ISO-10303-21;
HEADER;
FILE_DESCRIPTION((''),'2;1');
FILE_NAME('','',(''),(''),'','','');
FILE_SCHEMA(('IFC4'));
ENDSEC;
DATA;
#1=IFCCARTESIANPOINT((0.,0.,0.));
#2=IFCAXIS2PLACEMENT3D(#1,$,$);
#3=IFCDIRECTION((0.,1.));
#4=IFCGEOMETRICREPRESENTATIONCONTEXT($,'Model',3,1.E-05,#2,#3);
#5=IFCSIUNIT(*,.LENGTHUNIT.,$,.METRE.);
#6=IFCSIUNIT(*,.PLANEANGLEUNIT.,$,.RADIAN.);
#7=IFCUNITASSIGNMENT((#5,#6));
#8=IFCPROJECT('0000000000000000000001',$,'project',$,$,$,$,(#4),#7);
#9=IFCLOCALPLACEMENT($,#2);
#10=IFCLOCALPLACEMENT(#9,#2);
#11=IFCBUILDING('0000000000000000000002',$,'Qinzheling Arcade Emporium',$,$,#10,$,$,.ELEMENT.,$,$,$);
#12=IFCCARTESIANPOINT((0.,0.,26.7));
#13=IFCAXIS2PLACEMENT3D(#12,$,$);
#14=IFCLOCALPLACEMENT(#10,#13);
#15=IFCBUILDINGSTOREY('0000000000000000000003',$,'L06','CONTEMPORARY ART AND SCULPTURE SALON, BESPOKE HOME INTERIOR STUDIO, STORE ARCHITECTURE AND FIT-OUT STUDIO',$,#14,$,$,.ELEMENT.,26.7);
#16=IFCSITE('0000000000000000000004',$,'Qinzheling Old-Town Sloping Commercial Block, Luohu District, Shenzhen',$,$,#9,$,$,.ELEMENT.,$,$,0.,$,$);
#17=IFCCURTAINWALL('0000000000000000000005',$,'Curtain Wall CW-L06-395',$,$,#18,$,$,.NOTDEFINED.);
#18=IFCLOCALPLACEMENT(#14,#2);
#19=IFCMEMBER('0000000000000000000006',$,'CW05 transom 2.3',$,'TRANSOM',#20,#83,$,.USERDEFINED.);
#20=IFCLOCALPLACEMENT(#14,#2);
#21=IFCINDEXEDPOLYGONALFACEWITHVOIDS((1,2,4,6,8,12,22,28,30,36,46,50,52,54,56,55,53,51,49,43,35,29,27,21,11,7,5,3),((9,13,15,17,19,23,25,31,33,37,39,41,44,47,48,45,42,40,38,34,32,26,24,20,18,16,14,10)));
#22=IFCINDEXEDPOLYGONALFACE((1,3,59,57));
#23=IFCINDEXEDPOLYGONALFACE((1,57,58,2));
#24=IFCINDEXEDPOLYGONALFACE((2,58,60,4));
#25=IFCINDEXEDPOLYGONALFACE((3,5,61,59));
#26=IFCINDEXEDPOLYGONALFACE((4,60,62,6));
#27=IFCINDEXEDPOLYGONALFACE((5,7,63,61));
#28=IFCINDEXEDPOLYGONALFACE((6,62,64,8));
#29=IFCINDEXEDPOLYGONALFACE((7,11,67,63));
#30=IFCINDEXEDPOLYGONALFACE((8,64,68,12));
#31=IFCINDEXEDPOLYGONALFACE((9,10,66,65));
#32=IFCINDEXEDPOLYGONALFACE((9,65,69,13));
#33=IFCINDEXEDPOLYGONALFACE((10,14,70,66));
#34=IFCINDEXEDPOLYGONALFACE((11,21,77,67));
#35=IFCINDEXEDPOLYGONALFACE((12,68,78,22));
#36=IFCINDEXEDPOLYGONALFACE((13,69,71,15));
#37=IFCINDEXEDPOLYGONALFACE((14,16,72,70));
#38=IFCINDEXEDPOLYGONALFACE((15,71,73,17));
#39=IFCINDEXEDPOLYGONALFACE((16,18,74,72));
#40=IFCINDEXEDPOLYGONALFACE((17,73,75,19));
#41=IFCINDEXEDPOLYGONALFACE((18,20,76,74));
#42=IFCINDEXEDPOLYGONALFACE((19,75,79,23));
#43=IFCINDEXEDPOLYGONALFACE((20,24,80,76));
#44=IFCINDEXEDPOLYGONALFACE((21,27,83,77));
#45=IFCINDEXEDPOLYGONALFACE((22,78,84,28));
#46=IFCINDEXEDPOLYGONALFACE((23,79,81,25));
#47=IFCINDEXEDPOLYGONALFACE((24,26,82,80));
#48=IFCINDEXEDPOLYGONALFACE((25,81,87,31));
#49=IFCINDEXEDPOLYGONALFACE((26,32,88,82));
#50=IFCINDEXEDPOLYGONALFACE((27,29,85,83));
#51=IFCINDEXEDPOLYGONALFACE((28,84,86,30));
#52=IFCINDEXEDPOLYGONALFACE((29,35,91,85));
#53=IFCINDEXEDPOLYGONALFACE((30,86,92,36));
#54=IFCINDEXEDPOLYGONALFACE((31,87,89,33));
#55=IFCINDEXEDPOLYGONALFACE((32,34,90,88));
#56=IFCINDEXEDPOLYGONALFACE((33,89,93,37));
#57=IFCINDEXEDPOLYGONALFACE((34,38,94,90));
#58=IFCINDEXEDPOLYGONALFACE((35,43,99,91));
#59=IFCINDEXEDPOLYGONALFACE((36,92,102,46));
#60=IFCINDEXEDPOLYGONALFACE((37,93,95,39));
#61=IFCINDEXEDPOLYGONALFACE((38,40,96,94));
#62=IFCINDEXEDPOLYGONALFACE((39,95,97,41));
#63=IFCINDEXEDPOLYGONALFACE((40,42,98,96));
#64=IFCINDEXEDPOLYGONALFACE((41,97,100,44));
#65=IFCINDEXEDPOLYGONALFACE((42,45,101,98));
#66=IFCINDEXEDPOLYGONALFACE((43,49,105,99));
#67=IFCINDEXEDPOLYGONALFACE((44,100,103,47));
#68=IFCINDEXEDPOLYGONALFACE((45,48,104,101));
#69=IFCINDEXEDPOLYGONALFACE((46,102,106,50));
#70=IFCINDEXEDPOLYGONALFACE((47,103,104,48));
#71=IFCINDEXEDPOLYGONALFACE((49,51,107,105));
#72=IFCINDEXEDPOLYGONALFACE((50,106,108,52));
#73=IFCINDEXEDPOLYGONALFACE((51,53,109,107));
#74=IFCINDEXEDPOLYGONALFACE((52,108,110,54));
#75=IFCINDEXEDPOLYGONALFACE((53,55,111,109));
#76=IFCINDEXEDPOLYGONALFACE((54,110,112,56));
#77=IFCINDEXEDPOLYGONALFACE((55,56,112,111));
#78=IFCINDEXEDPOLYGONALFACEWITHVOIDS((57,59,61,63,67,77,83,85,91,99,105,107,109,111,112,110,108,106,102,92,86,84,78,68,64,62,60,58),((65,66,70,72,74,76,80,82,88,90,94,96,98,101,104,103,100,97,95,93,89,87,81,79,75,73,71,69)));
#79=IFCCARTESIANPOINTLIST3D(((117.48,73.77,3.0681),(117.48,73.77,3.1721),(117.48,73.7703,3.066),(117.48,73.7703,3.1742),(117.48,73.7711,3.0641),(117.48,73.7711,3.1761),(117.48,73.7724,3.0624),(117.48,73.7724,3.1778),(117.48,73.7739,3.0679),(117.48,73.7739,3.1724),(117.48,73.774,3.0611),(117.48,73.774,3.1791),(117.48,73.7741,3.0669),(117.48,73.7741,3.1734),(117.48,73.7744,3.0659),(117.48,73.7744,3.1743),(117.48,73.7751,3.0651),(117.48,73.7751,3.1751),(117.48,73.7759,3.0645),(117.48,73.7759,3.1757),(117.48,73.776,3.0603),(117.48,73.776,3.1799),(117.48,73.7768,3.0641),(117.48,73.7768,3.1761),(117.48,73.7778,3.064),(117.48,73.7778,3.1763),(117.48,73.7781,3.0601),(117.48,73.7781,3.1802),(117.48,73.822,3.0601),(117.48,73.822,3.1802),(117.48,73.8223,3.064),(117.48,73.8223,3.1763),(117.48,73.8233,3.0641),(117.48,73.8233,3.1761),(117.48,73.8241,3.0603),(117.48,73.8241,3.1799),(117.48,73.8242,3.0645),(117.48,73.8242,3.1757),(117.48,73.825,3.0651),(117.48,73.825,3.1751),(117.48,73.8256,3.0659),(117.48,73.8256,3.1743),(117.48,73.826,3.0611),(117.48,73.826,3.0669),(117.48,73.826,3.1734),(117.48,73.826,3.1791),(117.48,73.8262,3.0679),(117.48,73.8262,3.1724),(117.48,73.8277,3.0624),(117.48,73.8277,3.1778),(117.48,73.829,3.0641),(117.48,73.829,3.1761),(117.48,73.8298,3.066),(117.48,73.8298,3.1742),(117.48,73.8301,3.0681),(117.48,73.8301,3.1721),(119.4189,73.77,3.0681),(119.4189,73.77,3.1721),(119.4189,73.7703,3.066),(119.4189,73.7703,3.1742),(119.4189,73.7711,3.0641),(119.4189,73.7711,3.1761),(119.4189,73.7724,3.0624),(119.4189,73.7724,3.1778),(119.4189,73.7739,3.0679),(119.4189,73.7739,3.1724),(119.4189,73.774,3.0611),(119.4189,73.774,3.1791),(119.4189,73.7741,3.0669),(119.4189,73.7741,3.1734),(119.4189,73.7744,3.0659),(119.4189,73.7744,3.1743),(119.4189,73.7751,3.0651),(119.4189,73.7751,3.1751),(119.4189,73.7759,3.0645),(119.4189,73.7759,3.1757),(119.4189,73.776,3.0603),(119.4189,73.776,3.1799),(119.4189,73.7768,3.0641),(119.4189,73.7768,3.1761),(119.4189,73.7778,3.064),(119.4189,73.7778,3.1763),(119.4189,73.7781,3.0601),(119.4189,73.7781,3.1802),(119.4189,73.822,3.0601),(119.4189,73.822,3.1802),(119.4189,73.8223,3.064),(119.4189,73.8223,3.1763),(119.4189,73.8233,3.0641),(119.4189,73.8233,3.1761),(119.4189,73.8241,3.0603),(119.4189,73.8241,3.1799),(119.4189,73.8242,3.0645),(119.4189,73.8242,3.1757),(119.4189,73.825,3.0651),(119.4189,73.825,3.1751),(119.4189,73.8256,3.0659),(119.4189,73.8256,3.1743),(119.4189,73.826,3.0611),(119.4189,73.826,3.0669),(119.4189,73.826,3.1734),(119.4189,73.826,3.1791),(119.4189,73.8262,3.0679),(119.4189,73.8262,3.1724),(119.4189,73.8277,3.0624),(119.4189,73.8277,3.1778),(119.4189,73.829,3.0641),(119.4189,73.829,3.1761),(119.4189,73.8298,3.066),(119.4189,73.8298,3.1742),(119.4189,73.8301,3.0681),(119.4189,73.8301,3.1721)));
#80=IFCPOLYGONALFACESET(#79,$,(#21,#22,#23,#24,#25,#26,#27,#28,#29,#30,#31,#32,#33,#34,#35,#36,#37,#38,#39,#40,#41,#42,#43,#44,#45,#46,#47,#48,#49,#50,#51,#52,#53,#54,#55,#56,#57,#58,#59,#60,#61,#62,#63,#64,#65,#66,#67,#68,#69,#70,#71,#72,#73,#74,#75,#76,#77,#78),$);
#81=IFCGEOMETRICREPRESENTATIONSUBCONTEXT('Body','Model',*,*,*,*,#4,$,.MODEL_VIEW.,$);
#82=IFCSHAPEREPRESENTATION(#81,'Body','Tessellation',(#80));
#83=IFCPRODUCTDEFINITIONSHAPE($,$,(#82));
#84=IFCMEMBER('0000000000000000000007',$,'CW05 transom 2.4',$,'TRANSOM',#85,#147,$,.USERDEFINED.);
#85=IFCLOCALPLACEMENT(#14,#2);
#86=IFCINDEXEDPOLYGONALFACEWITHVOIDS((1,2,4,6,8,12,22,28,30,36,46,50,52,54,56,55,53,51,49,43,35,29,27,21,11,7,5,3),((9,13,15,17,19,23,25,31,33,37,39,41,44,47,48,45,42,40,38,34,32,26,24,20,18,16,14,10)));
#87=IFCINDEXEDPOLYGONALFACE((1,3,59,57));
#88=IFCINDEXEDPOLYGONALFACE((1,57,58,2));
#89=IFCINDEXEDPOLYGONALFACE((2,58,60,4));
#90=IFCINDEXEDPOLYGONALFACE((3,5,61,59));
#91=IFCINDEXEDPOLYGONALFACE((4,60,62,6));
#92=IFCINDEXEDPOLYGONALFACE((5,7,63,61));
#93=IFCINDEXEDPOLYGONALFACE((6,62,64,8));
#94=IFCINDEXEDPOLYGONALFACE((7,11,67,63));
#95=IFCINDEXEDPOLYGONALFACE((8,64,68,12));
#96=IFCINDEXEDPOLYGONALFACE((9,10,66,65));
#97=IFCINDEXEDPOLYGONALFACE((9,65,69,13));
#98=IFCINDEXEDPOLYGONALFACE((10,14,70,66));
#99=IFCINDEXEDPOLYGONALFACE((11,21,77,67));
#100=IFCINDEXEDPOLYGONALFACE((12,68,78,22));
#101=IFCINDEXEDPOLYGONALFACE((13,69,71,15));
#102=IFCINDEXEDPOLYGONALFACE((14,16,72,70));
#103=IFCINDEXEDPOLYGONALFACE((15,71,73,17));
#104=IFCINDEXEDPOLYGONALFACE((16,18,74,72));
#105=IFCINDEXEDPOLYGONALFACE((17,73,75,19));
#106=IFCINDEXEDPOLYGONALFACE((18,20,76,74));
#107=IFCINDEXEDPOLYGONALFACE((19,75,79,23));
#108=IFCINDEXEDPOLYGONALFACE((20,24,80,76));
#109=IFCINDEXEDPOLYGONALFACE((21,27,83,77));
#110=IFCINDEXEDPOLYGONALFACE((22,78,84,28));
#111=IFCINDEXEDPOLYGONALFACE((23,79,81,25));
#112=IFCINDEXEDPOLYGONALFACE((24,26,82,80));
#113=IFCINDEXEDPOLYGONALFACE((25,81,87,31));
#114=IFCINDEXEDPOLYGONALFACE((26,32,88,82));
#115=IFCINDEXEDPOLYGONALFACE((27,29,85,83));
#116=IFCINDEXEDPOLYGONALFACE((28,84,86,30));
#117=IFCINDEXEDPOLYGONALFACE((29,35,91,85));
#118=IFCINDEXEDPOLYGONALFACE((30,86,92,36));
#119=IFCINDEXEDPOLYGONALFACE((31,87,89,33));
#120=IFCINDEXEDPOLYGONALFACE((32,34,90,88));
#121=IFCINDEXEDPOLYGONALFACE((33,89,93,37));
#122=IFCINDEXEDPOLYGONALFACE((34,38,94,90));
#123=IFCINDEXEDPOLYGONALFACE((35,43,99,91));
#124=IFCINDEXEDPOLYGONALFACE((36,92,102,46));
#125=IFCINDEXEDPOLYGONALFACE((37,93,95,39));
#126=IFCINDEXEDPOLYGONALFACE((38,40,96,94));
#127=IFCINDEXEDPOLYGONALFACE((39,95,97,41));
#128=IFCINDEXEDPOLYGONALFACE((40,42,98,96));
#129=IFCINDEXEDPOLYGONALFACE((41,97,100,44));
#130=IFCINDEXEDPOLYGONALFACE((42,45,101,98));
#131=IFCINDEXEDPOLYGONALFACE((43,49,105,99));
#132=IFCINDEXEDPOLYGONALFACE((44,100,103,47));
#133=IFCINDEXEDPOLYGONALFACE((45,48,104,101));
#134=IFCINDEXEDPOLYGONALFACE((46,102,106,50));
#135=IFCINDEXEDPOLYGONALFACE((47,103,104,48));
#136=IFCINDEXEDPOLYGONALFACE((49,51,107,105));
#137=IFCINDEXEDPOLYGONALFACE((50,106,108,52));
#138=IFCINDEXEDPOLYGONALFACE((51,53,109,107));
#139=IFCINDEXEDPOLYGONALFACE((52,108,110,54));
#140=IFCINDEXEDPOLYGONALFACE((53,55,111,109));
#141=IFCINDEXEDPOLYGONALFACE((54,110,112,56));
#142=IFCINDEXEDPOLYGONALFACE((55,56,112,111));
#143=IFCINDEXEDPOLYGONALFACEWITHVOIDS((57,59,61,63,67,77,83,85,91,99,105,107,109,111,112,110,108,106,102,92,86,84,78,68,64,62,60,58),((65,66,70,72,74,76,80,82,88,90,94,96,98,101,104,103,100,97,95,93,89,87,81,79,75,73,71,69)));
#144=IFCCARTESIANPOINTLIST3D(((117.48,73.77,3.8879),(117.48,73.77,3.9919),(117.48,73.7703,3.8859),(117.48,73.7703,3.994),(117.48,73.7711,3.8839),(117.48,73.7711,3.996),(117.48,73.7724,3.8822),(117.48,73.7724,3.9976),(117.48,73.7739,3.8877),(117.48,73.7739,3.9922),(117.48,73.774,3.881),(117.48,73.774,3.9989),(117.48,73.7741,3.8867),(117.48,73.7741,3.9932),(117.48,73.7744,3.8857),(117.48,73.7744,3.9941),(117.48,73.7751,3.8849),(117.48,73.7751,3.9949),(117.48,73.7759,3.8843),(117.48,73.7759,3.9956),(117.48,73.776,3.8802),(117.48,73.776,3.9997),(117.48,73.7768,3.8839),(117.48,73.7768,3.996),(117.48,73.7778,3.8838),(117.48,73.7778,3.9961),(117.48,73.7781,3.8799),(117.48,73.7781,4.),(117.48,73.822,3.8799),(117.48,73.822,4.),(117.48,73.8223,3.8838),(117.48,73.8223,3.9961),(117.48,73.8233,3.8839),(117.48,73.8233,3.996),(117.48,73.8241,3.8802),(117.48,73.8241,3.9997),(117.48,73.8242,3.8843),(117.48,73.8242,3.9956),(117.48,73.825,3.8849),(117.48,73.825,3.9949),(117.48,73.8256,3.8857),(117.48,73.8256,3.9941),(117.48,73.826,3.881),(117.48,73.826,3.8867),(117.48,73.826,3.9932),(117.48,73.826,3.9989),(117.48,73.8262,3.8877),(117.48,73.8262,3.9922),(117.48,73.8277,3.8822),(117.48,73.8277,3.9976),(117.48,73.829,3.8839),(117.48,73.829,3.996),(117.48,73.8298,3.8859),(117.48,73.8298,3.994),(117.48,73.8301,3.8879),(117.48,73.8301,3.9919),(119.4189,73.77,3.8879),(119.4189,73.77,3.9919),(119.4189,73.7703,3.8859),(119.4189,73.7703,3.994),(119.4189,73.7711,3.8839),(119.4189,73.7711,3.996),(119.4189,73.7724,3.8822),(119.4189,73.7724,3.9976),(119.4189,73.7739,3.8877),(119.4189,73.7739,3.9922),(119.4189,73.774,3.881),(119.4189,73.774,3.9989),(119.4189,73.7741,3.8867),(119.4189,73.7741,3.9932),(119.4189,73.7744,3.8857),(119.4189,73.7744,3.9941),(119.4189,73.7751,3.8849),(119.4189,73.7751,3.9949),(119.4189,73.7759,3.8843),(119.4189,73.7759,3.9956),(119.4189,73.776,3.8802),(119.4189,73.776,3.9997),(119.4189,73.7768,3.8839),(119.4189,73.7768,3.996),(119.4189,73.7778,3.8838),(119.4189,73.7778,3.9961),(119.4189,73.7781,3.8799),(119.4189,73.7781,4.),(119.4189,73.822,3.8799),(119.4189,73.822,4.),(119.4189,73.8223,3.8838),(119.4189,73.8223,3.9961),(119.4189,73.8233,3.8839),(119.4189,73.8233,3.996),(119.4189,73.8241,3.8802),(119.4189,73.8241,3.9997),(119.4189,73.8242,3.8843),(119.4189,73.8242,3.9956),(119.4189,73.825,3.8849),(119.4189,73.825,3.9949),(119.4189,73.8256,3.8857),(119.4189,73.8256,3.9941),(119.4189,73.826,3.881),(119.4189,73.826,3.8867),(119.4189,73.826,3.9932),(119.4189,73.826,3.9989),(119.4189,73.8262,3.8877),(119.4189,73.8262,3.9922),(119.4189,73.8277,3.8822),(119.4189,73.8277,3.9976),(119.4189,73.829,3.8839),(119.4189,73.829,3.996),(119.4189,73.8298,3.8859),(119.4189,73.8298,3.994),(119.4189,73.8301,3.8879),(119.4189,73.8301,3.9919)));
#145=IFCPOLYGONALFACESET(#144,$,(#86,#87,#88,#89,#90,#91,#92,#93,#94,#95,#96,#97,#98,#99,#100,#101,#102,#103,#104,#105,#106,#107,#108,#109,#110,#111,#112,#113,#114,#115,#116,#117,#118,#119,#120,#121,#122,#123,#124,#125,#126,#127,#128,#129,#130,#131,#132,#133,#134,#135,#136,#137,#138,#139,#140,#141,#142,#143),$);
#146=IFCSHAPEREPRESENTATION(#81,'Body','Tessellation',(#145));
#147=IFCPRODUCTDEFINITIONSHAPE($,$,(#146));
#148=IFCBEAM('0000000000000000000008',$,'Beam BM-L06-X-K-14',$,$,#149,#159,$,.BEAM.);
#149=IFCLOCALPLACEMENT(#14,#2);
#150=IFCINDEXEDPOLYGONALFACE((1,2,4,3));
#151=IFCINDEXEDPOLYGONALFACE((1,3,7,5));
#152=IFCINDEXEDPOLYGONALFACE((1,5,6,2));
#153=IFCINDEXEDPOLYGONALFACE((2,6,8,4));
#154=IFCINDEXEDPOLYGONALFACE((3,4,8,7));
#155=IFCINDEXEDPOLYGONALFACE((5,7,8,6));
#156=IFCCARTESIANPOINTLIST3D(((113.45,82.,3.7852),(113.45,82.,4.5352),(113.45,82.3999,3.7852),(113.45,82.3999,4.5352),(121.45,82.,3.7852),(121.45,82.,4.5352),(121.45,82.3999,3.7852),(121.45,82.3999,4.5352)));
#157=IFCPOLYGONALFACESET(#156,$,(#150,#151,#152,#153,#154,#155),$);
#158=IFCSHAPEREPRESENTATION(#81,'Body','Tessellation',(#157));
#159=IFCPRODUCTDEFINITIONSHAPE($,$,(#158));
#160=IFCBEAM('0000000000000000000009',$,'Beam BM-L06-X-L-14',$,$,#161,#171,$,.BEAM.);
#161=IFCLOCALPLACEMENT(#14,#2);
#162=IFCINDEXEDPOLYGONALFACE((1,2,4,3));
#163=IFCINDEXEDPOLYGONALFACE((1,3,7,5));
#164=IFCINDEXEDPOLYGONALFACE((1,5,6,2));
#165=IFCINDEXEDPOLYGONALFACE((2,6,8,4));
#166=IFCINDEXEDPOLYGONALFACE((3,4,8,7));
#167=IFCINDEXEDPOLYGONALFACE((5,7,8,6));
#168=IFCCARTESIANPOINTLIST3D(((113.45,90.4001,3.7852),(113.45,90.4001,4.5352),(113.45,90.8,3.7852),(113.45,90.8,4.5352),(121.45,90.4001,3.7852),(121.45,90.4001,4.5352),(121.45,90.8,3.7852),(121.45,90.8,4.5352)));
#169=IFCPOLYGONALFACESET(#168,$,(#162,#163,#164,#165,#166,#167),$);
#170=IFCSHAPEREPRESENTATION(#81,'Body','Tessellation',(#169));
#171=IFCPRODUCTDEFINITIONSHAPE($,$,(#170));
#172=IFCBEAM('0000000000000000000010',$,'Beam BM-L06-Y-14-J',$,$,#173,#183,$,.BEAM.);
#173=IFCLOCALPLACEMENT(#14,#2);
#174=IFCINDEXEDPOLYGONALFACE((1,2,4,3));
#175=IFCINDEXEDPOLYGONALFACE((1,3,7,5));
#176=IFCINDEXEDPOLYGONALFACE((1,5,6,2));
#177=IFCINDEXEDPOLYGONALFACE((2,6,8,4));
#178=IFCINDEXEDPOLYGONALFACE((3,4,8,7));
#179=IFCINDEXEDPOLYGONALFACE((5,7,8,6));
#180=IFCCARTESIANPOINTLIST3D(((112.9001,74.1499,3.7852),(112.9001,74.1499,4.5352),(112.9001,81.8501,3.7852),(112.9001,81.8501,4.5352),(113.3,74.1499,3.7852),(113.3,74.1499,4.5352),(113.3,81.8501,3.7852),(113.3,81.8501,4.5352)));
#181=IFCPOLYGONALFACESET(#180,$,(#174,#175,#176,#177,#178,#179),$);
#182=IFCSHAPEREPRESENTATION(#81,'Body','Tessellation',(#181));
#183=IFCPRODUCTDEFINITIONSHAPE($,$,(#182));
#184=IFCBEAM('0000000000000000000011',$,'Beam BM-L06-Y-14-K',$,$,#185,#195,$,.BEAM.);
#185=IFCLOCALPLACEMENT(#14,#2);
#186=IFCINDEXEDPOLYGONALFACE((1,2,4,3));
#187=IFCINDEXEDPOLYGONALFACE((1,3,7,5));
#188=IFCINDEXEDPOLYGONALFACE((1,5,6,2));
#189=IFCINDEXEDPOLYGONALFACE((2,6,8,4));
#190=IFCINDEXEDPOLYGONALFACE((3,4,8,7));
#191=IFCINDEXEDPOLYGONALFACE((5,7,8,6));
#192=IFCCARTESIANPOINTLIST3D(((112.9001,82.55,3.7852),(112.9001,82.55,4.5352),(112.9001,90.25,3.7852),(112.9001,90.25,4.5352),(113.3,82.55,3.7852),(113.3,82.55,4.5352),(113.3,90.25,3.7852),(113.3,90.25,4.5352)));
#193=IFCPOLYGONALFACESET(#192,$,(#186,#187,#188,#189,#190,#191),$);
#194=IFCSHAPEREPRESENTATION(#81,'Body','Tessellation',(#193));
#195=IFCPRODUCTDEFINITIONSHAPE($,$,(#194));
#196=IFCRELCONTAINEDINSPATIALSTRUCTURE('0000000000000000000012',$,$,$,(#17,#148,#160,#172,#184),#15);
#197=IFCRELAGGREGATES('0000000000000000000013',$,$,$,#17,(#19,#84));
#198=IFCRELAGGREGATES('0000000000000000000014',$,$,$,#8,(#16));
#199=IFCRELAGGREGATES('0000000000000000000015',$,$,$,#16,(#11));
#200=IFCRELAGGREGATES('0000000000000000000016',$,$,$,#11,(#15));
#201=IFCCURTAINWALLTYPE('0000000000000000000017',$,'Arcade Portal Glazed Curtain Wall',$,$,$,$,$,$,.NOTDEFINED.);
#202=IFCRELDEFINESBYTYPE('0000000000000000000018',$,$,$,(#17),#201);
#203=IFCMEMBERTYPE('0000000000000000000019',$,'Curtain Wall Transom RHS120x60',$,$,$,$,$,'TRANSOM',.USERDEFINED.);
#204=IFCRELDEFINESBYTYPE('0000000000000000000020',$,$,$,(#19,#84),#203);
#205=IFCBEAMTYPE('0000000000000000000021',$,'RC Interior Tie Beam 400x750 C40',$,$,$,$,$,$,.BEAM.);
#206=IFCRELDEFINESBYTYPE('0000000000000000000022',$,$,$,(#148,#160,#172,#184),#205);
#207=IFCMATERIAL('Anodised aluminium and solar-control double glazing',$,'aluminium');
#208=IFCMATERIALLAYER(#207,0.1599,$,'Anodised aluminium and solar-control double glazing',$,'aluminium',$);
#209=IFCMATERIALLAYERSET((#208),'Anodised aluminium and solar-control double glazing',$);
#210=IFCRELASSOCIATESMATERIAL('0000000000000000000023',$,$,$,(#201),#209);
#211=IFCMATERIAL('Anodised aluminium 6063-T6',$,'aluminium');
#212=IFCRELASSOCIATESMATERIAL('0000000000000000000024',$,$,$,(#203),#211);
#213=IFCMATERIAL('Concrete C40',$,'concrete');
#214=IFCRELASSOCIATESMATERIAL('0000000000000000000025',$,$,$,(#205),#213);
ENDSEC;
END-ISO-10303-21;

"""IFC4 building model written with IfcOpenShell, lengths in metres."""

from ifc_helpers import new_model, si_unit, direction, frame, origin, origin_2d, place, context, subcontext, project, spatial, rectangle, hollow_rectangle, extrude, material, layer, layer_set, material_profile, profile_set, type_object, element, aggregate, save


model = new_model("IFC4")

# Units and contexts
model_context = context("Model", 3, precision=1e-05, world=origin(), true_north=direction((0.0, 1.0)))
body_context = subcontext(model_context, "Body", "Model", "MODEL_VIEW")
ifc_project = project(units=[si_unit("LENGTHUNIT", "METRE"), si_unit("PLANEANGLEUNIT", "RADIAN")], contexts=[model_context])

# Site, building, storey
site_placement = place(None, origin())
site = spatial("IfcSite", under=ifc_project, at=site_placement, Name="Qinzheling Old-Town Sloping Commercial Block, Luohu District, Shenzhen", CompositionType="ELEMENT", RefElevation=0.0)
building_placement = place(site_placement, origin())
building = spatial("IfcBuilding", under=site, at=building_placement, Name="Qinzheling Arcade Emporium", CompositionType="ELEMENT")
storey_placement = place(building_placement, frame((0.0, 0.0, 26.7)))
storey = spatial("IfcBuildingStorey", under=building, at=storey_placement, Name="L06", Description="CONTEMPORARY ART AND SCULPTURE SALON, BESPOKE HOME INTERIOR STUDIO, STORE ARCHITECTURE AND FIT-OUT STUDIO", CompositionType="ELEMENT", Elevation=26.7)

# Shared definitions
ifc_material_1 = material(Name="Concrete C40", Category="concrete")

# Curtain wall, members
ifc_material_2 = material(Name="Anodised aluminium and solar-control double glazing", Category="aluminium")
ifc_layer_1 = layer(ifc_material_2, 0.1599, Name="Anodised aluminium and solar-control double glazing", Category="aluminium")
ifc_layer_set_1 = layer_set([ifc_layer_1], Name="Anodised aluminium and solar-control double glazing")
curtain_wall_type = type_object("IfcCurtainWallType", Name="Arcade Portal Glazed Curtain Wall", PredefinedType="NOTDEFINED", material=ifc_layer_set_1)
curtain_wall_placement = place(storey_placement, origin())
curtain_wall = element("IfcCurtainWall", 1, at=curtain_wall_placement, inside=storey, type_object=curtain_wall_type, Name="Curtain Wall CW-L06-395", PredefinedType="NOTDEFINED")
ifc_material_3 = material(Name="Anodised aluminium 6063-T6", Category="aluminium")
ifc_material_profile_1 = material_profile(ifc_material_3, hollow_rectangle(XDim=0.0601, YDim=0.1201, WallThickness=0.0039, InnerFilletRadius=0.0039, OuterFilletRadius=0.0081, at=origin_2d()), Name="RHS 120x60x4", Category="aluminium")
ifc_profile_set_1 = profile_set([ifc_material_profile_1], Name="Anodised aluminium 6063-T6")
member_type_1 = type_object("IfcMemberType", Name="Curtain Wall Transom RHS120x60", ElementType="TRANSOM", PredefinedType="USERDEFINED", material=ifc_profile_set_1)
member_1_placement = place(storey_placement, frame((119.4189, 73.8, 3.1201), z_axis=(-1.0, 0.0, 0.0), x_axis=(0.0, -1.0, 0.0)))
member_1 = element("IfcMember", 2, at=member_1_placement, type_object=member_type_1, Name="CW05 transom 2.3", ObjectType="TRANSOM", PredefinedType="USERDEFINED", context=body_context, shape_type="SweptSolid", body=[
    extrude(hollow_rectangle(XDim=0.0601, YDim=0.1201, WallThickness=0.0039, InnerFilletRadius=0.0039, OuterFilletRadius=0.0081, at=origin_2d()), origin(), (0.0, 0.0, 1.0), 1.939),
])
member_2_placement = place(storey_placement, frame((119.4189, 73.8, 3.9399), z_axis=(-1.0, 0.0, 0.0), x_axis=(0.0, -1.0, 0.0)))
member_2 = element("IfcMember", 3, at=member_2_placement, type_object=member_type_1, Name="CW05 transom 2.4", ObjectType="TRANSOM", PredefinedType="USERDEFINED", context=body_context, shape_type="SweptSolid", body=[
    extrude(hollow_rectangle(XDim=0.0601, YDim=0.1201, WallThickness=0.0039, InnerFilletRadius=0.0039, OuterFilletRadius=0.0081, at=origin_2d()), origin(), (0.0, 0.0, 1.0), 1.939),
])

# Beams
ifc_material_profile_2 = material_profile(ifc_material_1, rectangle(XDim=0.3999, YDim=0.75, at=origin_2d()), Name="RC 400x750", Category="concrete")
ifc_profile_set_2 = profile_set([ifc_material_profile_2], Name="Concrete C40")
beam_type = type_object("IfcBeamType", Name="RC Interior Tie Beam 400x750 C40", PredefinedType="BEAM", material=ifc_profile_set_2)
for number, where, z_axis, x_axis, name in (
    (4, (113.45, 82.2, 4.1602), (1.0, 0.0, 0.0), (0.0, 1.0, 0.0), "Beam BM-L06-X-K-14"),
    (5, (113.45, 90.6001, 4.1602), (1.0, 0.0, 0.0), (0.0, 1.0, 0.0), "Beam BM-L06-X-L-14"),
):
    element("IfcBeam", number, at=place(storey_placement, frame(where, z_axis=z_axis, x_axis=x_axis)), inside=storey, type_object=beam_type, Name=name, PredefinedType="BEAM", context=body_context, shape_type="SweptSolid", body=[
        extrude(rectangle(XDim=0.3999, YDim=0.75, at=origin_2d()), origin(), (0.0, 0.0, 1.0), 8.0),
    ])
beam_1_placement = place(storey_placement, frame((113.1001, 74.1499, 4.1602), z_axis=(0.0, 1.0, 0.0), x_axis=(-1.0, 0.0, 0.0)))
element("IfcBeam", 6, at=beam_1_placement, inside=storey, type_object=beam_type, Name="Beam BM-L06-Y-14-J", PredefinedType="BEAM", context=body_context, shape_type="SweptSolid", body=[
    extrude(rectangle(XDim=0.3999, YDim=0.75, at=origin_2d()), origin(), (0.0, 0.0, 1.0), 7.7002),
])
beam_2_placement = place(storey_placement, frame((113.1001, 82.55, 4.1602), z_axis=(0.0, 1.0, 0.0), x_axis=(-1.0, 0.0, 0.0)))
element("IfcBeam", 7, at=beam_2_placement, inside=storey, type_object=beam_type, Name="Beam BM-L06-Y-14-K", PredefinedType="BEAM", context=body_context, shape_type="SweptSolid", body=[
    extrude(rectangle(XDim=0.3999, YDim=0.75, at=origin_2d()), origin(), (0.0, 0.0, 1.0), 7.7),
])

aggregate(curtain_wall, [member_1, member_2])

save(model, "model.ifc")
